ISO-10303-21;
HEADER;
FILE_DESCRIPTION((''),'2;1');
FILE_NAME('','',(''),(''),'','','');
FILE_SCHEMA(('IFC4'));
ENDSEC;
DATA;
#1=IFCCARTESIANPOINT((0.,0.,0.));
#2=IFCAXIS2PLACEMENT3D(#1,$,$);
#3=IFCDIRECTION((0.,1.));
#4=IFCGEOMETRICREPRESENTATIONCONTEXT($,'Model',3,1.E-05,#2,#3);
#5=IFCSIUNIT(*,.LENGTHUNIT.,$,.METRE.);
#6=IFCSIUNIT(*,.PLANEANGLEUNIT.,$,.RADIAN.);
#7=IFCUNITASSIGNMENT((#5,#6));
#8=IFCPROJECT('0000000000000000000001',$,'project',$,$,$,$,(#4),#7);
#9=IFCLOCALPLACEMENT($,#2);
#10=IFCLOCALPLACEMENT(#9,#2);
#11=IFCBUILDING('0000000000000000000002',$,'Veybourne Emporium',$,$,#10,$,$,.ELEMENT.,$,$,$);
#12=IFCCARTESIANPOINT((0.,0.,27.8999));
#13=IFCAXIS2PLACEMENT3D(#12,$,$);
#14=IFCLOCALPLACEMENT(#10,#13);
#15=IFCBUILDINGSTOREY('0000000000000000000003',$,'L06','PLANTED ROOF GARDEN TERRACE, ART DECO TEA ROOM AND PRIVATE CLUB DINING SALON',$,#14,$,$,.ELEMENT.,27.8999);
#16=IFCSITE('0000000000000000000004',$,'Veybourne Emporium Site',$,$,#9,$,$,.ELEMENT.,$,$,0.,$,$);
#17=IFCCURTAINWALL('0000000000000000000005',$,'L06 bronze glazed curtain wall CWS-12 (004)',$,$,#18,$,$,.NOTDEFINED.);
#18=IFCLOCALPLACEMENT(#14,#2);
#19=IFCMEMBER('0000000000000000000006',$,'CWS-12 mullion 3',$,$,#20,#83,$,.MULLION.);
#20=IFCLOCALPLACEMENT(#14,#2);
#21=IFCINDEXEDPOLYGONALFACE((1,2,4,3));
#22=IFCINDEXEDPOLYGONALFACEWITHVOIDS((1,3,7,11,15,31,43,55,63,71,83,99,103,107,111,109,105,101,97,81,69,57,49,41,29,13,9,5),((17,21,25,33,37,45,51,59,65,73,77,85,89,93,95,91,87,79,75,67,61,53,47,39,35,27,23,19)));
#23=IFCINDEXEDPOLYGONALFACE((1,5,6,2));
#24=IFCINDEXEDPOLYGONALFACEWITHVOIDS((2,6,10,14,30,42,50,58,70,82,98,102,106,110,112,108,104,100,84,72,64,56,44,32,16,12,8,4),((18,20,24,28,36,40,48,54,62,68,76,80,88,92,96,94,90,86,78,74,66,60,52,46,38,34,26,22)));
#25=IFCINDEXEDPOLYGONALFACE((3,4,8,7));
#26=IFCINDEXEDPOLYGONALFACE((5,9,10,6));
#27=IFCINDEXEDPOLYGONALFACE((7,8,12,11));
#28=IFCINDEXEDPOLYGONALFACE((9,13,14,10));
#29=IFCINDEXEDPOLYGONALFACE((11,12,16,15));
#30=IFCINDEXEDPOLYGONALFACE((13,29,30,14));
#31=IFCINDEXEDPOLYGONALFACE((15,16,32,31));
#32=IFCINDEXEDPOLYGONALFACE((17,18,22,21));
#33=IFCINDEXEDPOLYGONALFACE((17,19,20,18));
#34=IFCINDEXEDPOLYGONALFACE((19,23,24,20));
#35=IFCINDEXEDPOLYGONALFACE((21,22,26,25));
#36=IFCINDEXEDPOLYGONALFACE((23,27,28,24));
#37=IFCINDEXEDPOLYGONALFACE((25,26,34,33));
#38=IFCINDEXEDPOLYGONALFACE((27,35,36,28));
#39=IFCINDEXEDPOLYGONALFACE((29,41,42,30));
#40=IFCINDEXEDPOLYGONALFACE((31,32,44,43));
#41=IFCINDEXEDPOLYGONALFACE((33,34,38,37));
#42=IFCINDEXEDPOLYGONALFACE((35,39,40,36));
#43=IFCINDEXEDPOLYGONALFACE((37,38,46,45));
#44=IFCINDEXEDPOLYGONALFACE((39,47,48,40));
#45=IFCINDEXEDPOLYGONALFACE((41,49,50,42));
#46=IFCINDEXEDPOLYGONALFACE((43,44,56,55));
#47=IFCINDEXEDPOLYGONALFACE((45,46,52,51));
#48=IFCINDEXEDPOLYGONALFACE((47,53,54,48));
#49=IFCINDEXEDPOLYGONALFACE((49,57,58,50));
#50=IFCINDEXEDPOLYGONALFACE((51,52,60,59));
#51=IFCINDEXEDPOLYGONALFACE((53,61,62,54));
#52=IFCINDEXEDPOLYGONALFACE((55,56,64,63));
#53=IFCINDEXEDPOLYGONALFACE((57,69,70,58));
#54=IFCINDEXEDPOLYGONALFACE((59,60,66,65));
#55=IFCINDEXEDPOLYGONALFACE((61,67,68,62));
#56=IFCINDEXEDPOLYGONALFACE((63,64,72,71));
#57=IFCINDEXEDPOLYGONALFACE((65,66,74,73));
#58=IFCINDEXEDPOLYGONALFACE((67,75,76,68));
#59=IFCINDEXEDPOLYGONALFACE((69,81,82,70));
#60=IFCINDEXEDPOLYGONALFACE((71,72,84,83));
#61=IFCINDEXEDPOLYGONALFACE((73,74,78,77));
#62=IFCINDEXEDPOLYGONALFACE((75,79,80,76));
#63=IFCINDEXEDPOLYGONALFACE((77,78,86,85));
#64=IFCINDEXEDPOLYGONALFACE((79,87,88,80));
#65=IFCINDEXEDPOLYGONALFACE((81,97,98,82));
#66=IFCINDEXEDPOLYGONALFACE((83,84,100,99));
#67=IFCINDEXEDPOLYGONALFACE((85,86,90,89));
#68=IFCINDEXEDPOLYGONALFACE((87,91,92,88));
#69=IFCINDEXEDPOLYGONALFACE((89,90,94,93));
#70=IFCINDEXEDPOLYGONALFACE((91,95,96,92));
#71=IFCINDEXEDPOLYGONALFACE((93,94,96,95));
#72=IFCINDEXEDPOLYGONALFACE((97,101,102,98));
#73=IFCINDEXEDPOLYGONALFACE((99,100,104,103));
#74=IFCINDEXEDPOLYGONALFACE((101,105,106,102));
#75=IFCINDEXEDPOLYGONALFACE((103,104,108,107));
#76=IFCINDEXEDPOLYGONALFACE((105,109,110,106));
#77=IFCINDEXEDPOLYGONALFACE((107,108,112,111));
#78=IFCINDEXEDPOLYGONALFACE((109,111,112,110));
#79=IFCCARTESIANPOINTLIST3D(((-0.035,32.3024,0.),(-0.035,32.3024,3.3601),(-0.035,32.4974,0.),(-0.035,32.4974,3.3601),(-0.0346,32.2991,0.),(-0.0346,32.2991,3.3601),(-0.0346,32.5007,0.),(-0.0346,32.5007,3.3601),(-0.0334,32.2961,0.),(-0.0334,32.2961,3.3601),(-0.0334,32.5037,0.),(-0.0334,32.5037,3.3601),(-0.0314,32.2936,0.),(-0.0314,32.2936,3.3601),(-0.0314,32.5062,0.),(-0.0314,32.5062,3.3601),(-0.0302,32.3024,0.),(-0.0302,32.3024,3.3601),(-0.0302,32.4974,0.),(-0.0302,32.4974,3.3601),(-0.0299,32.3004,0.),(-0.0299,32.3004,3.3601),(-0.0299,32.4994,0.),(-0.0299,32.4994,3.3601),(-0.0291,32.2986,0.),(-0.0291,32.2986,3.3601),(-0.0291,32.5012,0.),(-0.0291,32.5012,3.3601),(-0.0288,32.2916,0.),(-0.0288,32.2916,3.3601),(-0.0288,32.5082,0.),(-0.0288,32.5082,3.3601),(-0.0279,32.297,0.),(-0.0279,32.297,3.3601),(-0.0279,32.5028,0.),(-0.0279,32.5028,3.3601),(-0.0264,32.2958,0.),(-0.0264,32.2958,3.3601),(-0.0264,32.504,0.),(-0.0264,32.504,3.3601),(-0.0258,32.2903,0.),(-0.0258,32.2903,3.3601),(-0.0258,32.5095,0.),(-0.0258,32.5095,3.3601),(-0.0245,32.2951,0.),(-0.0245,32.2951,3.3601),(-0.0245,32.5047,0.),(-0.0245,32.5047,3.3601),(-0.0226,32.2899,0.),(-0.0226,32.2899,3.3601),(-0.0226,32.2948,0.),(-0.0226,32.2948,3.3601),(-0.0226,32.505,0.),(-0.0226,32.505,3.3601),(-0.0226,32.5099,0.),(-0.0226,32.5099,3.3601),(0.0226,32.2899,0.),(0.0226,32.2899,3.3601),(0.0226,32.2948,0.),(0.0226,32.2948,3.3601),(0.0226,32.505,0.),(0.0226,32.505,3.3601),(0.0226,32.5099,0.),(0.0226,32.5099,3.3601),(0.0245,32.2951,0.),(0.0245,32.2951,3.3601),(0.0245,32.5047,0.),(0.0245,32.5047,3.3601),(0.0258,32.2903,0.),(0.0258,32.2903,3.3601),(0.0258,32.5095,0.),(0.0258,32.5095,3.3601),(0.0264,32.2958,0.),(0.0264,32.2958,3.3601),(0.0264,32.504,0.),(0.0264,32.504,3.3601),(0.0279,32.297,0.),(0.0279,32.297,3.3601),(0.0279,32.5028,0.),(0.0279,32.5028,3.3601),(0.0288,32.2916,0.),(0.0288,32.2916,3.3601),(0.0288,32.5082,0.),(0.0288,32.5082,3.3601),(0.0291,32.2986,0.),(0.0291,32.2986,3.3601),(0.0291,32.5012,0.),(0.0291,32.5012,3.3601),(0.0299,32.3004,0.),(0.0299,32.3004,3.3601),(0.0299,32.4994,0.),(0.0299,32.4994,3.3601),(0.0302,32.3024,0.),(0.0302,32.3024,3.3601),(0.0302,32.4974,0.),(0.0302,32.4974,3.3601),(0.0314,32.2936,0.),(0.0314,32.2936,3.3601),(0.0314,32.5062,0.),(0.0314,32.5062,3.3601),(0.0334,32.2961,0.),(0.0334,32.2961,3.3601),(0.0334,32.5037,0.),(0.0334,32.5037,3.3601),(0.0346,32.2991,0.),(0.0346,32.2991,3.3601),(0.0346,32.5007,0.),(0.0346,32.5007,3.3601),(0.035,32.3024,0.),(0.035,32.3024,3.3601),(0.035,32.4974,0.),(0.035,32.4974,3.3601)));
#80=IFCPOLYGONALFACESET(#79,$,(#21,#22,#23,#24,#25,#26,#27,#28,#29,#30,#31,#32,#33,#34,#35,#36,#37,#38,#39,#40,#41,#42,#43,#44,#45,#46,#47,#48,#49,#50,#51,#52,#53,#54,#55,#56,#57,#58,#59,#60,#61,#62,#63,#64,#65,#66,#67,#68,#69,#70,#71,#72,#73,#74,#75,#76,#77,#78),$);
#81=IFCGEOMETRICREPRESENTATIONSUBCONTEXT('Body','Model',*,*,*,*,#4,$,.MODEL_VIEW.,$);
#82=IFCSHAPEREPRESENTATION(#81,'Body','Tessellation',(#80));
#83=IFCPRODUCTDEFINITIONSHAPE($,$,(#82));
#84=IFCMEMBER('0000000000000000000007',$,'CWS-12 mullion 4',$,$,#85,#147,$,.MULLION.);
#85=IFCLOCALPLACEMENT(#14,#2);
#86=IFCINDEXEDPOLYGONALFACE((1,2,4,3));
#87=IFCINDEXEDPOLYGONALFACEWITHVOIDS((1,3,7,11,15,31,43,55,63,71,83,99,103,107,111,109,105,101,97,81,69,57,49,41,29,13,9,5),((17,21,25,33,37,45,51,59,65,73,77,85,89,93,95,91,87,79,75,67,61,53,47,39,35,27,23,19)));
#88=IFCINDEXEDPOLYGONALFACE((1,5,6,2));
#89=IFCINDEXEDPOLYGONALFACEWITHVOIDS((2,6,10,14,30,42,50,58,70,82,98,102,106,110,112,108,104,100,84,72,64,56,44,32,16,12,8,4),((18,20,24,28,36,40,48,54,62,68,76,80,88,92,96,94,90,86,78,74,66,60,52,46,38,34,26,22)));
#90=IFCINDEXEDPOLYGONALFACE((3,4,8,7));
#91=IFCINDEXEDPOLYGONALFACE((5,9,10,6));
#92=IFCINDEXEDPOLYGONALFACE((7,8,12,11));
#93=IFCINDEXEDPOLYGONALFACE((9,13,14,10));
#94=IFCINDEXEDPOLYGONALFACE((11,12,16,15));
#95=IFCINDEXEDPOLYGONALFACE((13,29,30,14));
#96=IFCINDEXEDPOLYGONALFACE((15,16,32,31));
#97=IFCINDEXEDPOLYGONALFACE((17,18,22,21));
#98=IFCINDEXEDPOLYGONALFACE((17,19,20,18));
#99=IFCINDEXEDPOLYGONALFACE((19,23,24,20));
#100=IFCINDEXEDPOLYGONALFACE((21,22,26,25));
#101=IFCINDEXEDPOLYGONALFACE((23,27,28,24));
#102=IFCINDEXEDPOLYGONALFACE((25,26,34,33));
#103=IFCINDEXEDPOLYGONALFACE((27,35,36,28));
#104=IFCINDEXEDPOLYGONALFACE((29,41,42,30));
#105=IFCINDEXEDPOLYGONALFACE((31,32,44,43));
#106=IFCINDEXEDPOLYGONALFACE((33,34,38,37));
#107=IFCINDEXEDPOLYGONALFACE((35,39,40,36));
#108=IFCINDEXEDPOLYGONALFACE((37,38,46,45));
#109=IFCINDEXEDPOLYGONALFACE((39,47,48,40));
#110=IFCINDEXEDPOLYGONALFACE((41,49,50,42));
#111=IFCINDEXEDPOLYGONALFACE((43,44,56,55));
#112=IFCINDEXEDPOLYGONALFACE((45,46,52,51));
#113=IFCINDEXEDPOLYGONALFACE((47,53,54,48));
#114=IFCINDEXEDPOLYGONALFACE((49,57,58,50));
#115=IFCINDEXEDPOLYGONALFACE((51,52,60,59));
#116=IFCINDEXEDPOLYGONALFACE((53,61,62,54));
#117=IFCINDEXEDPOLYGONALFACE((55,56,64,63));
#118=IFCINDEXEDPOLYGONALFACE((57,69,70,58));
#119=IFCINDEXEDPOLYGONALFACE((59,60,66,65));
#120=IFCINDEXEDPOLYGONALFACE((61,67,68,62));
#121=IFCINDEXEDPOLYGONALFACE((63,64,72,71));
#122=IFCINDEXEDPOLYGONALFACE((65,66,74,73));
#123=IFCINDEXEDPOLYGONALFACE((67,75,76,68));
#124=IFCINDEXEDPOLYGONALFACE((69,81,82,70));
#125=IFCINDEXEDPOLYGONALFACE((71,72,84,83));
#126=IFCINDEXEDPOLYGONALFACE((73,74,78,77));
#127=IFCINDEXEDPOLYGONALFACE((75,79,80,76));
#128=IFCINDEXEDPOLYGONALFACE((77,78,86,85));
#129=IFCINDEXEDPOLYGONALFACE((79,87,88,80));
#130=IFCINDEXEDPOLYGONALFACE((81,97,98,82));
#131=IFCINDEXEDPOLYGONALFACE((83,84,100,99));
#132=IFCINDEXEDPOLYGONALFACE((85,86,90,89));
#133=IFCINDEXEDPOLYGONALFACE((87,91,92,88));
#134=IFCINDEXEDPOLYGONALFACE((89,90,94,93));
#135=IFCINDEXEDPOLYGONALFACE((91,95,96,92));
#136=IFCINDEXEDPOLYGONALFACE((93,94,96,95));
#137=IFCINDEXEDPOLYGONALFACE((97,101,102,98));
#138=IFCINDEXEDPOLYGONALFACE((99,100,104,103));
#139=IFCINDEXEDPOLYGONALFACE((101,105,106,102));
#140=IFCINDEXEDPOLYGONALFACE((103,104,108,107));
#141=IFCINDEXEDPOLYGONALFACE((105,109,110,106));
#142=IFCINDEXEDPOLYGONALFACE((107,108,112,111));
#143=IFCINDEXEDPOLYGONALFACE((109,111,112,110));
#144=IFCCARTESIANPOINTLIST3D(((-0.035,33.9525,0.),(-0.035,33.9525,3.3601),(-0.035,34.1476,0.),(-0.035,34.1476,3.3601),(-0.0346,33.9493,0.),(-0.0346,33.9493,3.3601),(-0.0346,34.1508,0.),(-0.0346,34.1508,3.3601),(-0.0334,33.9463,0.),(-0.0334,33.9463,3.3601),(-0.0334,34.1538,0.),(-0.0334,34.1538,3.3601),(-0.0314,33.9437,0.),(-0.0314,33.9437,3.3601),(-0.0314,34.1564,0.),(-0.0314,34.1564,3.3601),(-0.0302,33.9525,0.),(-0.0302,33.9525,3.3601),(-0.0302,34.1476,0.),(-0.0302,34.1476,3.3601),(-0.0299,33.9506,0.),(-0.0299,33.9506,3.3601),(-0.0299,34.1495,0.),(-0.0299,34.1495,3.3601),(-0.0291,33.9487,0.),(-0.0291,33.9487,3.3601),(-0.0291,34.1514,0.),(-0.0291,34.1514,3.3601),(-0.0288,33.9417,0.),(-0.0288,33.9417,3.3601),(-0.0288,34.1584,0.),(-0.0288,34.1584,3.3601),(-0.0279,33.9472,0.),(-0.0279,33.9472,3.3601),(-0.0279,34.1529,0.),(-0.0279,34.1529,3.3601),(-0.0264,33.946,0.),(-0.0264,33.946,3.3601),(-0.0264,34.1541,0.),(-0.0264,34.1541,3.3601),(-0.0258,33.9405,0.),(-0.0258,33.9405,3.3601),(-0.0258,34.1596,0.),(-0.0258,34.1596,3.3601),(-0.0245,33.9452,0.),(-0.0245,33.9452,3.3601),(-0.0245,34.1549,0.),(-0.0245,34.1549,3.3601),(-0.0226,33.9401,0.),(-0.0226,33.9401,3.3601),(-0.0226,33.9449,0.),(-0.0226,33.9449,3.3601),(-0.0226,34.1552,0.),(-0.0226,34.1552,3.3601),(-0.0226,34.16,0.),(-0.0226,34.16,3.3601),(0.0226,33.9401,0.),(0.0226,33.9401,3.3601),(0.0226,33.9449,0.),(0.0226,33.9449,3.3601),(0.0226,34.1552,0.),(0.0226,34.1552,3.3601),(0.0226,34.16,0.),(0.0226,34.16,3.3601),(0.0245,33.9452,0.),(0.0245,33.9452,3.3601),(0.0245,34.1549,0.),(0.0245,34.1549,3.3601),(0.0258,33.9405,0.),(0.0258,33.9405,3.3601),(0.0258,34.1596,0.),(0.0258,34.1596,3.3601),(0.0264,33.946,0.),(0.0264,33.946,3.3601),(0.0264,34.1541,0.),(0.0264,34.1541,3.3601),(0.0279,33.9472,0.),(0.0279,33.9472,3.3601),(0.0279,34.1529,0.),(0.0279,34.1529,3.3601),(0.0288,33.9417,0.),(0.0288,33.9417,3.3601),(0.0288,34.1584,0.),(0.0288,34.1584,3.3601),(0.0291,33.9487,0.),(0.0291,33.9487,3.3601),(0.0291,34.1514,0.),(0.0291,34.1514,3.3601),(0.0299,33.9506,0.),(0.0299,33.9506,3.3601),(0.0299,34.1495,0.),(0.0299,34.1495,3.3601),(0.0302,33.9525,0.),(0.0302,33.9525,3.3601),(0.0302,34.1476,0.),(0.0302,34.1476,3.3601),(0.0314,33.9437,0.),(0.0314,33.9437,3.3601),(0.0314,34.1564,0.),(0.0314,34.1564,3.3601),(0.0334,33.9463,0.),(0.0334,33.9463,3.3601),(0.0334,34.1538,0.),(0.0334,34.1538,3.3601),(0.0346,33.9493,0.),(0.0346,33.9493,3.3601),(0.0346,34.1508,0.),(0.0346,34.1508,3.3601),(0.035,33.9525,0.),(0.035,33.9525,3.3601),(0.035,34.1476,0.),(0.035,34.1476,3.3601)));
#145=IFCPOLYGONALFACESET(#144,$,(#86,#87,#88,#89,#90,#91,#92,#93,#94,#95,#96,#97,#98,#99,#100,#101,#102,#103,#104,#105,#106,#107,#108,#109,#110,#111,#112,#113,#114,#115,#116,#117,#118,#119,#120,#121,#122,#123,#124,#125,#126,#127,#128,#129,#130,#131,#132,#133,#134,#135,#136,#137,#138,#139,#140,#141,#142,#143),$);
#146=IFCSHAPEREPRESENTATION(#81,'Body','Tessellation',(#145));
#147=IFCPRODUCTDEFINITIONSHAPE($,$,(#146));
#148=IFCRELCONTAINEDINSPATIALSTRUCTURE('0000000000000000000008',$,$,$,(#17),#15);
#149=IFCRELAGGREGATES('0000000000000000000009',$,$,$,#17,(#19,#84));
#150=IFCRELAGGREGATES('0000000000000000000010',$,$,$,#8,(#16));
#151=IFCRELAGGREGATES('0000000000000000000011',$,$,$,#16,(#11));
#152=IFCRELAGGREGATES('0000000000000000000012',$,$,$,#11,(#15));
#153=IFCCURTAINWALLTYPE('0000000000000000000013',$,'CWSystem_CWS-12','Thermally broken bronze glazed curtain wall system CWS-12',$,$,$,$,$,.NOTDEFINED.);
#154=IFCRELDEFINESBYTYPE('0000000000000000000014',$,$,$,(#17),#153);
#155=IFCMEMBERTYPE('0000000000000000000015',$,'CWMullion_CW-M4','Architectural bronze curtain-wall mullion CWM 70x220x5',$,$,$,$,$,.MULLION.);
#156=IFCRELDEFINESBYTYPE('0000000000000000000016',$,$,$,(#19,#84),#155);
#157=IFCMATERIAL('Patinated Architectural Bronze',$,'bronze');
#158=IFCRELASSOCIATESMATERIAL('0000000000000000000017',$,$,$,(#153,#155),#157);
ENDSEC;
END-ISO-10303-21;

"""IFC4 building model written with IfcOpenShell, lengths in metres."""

from ifc_helpers import new_model, si_unit, direction, frame, origin, origin_2d, place, context, subcontext, project, spatial, hollow_rectangle, extrude, material, material_profile, profile_set, type_object, element, aggregate, save


model = new_model("IFC4")

# Units and contexts
model_context = context("Model", 3, precision=1e-05, world=origin(), true_north=direction((0.0, 1.0)))
body_context = subcontext(model_context, "Body", "Model", "MODEL_VIEW")
ifc_project = project(units=[si_unit("LENGTHUNIT", "METRE"), si_unit("PLANEANGLEUNIT", "RADIAN")], contexts=[model_context])

# Site, building, storey
site_placement = place(None, origin())
site = spatial("IfcSite", under=ifc_project, at=site_placement, Name="Veybourne Emporium Site", CompositionType="ELEMENT", RefElevation=0.0)
building_placement = place(site_placement, origin())
building = spatial("IfcBuilding", under=site, at=building_placement, Name="Veybourne Emporium", CompositionType="ELEMENT")
storey_placement = place(building_placement, frame((0.0, 0.0, 27.8999)))
storey = spatial("IfcBuildingStorey", under=building, at=storey_placement, Name="L06", Description="PLANTED ROOF GARDEN TERRACE, ART DECO TEA ROOM AND PRIVATE CLUB DINING SALON", CompositionType="ELEMENT", Elevation=27.8999)

# Curtain wall, members
ifc_material_1 = material(Name="Patinated Architectural Bronze", Category="bronze")
curtain_wall_type = type_object("IfcCurtainWallType", Name="CWSystem_CWS-12", Description="Thermally broken bronze glazed curtain wall system CWS-12", PredefinedType="NOTDEFINED", material=ifc_material_1)
curtain_wall_placement = place(storey_placement, origin())
curtain_wall = element("IfcCurtainWall", 1, at=curtain_wall_placement, inside=storey, type_object=curtain_wall_type, Name="L06 bronze glazed curtain wall CWS-12 (004)", PredefinedType="NOTDEFINED")
ifc_material_profile_1 = material_profile(ifc_material_1, hollow_rectangle(XDim=0.0701, YDim=0.22, WallThickness=0.0049, InnerFilletRadius=0.0076, OuterFilletRadius=0.0125, at=origin_2d()), Name="CWM 70x220x5")
ifc_profile_set_1 = profile_set([ifc_material_profile_1], Name="Patinated Architectural Bronze")
member_type_1 = type_object("IfcMemberType", Name="CWMullion_CW-M4", Description="Architectural bronze curtain-wall mullion CWM 70x220x5", PredefinedType="MULLION", material=ifc_profile_set_1)
member_1_placement = place(storey_placement, frame((0.0, 32.3999, 0.0), z_axis=(0.0, 0.0, 1.0), x_axis=(-1.0, 0.0, 0.0)))
member_1 = element("IfcMember", 2, at=member_1_placement, type_object=member_type_1, Name="CWS-12 mullion 3", PredefinedType="MULLION", context=body_context, shape_type="SweptSolid", body=[
    extrude(hollow_rectangle(XDim=0.0701, YDim=0.22, WallThickness=0.0049, InnerFilletRadius=0.0076, OuterFilletRadius=0.0125, at=origin_2d()), origin(), (0.0, 0.0, 1.0), 3.3601),
])
member_2_placement = place(storey_placement, frame((0.0, 34.05, 0.0), z_axis=(0.0, 0.0, 1.0), x_axis=(-1.0, 0.0, 0.0)))
member_2 = element("IfcMember", 3, at=member_2_placement, type_object=member_type_1, Name="CWS-12 mullion 4", PredefinedType="MULLION", context=body_context, shape_type="SweptSolid", body=[
    extrude(hollow_rectangle(XDim=0.0701, YDim=0.22, WallThickness=0.0049, InnerFilletRadius=0.0076, OuterFilletRadius=0.0125, at=origin_2d()), origin(), (0.0, 0.0, 1.0), 3.3601),
])

aggregate(curtain_wall, [member_1, member_2])

save(model, "model.ifc")
